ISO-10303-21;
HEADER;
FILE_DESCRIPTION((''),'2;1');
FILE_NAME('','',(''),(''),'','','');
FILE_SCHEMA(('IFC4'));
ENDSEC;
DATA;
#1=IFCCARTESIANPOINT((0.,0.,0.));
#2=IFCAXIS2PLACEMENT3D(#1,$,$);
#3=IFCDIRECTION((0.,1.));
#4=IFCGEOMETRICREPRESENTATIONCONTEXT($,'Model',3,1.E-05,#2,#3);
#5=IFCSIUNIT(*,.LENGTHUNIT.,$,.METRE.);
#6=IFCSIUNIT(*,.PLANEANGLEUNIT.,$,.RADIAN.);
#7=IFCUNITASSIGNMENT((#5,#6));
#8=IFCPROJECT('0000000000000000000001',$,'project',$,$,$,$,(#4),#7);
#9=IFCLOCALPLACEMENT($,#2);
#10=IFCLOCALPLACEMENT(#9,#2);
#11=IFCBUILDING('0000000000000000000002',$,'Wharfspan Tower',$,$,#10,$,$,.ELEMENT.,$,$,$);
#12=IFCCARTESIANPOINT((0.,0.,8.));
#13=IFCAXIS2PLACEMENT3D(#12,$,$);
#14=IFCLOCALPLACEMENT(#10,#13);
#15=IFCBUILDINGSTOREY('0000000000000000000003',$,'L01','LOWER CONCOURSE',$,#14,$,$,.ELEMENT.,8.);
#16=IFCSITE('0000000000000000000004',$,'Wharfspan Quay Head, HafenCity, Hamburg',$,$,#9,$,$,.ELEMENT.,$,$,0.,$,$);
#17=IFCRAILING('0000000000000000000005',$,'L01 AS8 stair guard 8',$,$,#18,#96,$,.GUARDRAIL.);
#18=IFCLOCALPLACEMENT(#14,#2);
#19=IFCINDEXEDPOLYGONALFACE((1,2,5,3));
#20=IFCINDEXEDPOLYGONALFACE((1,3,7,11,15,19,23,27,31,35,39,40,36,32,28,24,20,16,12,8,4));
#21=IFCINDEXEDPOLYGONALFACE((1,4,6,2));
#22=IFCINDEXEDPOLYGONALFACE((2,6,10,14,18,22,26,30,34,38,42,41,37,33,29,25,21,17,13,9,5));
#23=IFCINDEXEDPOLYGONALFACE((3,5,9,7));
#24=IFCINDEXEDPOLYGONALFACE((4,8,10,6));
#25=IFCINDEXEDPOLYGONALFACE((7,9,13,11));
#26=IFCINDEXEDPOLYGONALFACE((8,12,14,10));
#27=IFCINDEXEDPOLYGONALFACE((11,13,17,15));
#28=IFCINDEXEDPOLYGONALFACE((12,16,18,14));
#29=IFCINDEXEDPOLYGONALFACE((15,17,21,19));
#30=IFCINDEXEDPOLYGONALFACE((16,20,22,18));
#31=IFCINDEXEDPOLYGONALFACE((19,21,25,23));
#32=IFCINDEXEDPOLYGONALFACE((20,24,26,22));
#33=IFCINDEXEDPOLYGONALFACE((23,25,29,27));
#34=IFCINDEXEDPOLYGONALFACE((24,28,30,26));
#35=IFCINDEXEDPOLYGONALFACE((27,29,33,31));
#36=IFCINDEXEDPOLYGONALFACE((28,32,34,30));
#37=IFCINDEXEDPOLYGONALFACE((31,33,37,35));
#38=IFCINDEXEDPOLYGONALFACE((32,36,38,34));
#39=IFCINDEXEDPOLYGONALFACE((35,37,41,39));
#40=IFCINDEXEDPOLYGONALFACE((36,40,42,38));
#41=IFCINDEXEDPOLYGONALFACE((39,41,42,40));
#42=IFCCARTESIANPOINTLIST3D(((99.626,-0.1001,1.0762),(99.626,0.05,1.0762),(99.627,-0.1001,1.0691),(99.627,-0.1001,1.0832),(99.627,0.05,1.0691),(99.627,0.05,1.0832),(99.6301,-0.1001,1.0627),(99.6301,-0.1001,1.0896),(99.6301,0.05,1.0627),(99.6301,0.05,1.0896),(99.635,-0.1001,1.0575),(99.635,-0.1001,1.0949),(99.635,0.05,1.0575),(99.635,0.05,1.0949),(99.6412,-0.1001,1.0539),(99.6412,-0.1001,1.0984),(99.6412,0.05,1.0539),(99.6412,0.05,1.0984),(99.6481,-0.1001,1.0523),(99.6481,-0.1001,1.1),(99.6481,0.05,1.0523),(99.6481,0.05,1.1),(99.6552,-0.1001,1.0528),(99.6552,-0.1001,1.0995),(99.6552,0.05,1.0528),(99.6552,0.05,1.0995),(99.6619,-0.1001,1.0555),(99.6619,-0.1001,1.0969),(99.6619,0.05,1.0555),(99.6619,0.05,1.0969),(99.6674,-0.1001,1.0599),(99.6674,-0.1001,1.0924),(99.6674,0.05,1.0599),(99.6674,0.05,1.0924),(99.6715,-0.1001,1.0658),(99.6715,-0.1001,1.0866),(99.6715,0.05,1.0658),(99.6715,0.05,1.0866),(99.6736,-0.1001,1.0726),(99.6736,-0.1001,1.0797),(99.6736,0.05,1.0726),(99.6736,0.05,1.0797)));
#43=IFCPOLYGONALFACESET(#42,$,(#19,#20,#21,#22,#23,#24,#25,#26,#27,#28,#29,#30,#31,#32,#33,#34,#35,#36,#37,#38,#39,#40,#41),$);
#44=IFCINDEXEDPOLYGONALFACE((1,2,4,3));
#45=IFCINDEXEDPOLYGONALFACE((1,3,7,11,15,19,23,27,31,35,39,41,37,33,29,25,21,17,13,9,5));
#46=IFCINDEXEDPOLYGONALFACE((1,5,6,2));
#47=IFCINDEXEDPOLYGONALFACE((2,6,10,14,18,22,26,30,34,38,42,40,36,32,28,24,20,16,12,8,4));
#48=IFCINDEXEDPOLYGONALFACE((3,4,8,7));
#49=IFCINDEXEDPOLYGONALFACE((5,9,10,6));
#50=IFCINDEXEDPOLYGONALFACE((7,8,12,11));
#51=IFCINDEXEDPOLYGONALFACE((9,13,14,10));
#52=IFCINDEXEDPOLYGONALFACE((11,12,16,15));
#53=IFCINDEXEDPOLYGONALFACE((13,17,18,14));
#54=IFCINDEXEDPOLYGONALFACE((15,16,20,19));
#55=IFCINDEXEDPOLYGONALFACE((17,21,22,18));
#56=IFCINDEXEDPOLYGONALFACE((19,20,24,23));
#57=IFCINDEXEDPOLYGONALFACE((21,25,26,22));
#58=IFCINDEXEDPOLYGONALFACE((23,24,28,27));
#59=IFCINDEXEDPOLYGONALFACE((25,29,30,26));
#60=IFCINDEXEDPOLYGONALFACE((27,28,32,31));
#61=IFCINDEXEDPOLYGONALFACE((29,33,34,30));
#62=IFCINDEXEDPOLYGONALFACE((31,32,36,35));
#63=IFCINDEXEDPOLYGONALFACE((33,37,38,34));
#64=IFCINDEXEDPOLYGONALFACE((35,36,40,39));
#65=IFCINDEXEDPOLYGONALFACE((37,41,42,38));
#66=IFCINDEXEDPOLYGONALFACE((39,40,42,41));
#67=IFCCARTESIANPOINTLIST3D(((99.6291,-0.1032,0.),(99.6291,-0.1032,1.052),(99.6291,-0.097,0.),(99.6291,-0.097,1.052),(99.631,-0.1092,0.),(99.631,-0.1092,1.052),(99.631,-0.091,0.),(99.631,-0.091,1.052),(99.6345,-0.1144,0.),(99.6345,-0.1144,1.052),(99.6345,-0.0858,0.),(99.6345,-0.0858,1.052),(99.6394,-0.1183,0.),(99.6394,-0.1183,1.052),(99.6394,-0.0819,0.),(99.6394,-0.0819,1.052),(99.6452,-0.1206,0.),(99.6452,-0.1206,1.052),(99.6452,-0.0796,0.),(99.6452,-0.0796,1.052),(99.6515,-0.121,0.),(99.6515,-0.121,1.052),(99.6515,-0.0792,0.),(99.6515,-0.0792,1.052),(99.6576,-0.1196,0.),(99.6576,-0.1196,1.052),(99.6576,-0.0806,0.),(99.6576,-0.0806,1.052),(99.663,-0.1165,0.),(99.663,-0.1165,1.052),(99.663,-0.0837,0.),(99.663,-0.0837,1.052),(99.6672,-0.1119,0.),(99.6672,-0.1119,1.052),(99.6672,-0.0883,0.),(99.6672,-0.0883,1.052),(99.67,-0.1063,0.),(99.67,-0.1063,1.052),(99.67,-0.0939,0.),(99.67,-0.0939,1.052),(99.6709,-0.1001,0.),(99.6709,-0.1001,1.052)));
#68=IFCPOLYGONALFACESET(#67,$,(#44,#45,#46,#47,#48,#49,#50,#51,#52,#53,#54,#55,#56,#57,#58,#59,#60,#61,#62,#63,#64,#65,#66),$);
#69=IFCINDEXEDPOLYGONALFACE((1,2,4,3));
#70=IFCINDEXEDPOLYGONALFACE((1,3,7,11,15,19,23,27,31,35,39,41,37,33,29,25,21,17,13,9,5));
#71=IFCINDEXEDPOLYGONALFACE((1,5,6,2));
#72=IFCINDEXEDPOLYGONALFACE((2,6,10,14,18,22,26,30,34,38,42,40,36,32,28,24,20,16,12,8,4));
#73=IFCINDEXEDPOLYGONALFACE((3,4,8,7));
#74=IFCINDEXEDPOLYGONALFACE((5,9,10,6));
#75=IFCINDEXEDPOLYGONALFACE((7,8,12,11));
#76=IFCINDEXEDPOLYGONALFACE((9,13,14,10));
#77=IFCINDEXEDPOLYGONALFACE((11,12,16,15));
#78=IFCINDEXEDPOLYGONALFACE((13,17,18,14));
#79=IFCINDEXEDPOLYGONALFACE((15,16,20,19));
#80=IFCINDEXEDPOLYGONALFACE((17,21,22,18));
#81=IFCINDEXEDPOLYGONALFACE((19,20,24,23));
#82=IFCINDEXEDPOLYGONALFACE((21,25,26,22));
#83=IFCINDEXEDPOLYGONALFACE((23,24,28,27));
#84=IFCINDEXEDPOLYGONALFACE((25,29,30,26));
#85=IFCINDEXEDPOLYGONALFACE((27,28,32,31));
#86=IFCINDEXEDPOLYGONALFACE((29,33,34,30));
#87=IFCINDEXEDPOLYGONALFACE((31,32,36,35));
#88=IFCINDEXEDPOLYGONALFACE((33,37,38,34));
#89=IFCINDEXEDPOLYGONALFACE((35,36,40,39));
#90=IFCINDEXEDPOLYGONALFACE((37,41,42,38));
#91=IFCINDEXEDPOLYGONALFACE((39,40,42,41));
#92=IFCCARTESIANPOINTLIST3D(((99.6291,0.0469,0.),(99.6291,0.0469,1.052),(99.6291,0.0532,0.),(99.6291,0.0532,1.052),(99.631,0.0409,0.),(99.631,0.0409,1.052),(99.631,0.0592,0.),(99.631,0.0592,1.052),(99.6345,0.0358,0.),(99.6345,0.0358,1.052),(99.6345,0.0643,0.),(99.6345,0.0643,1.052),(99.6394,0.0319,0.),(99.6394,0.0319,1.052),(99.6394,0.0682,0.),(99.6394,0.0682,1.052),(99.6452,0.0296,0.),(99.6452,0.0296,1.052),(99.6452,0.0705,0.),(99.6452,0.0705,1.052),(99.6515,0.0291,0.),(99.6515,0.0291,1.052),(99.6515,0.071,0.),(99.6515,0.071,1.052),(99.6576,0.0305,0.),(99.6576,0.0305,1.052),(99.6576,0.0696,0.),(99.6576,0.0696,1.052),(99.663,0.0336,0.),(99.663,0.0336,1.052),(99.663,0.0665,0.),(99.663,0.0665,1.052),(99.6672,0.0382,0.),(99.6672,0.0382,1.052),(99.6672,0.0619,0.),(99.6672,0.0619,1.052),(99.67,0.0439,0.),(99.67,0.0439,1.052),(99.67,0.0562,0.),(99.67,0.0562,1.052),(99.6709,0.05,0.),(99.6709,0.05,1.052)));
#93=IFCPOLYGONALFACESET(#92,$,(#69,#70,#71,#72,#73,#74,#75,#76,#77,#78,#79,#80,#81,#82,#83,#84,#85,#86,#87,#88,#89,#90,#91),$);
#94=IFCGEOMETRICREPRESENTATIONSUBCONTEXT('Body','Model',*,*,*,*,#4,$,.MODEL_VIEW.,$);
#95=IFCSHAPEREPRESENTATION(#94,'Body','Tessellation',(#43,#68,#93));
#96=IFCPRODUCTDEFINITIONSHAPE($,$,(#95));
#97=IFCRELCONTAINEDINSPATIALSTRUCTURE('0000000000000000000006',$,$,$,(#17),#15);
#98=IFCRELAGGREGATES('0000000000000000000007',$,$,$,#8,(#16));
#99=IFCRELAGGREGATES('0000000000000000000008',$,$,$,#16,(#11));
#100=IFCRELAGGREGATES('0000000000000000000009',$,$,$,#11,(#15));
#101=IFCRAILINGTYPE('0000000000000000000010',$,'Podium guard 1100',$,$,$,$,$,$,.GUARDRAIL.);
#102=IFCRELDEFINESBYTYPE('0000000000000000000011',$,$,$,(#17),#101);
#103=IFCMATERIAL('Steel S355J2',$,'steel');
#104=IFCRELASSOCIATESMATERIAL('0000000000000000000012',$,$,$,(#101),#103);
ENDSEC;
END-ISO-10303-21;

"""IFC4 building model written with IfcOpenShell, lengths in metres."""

from ifc_helpers import new_model, si_unit, direction, frame, origin, origin_2d, place, context, subcontext, project, spatial, circle, extrude, material, type_object, element, save


model = new_model("IFC4")

# Units and contexts
model_context = context("Model", 3, precision=1e-05, world=origin(), true_north=direction((0.0, 1.0)))
body_context = subcontext(model_context, "Body", "Model", "MODEL_VIEW")
ifc_project = project(units=[si_unit("LENGTHUNIT", "METRE"), si_unit("PLANEANGLEUNIT", "RADIAN")], contexts=[model_context])

# Site, building, storey
site_placement = place(None, origin())
site = spatial("IfcSite", under=ifc_project, at=site_placement, Name="Wharfspan Quay Head, HafenCity, Hamburg", CompositionType="ELEMENT", RefElevation=0.0)
building_placement = place(site_placement, origin())
building = spatial("IfcBuilding", under=site, at=building_placement, Name="Wharfspan Tower", CompositionType="ELEMENT")
storey_placement = place(building_placement, frame((0.0, 0.0, 8.0)))
storey = spatial("IfcBuildingStorey", under=building, at=storey_placement, Name="L01", Description="LOWER CONCOURSE", CompositionType="ELEMENT", Elevation=8.0)

# Railing
ifc_material_1 = material(Name="Steel S355J2", Category="steel")
railing_type_1 = type_object("IfcRailingType", Name="Podium guard 1100", PredefinedType="GUARDRAIL", material=ifc_material_1)
railing_1_placement = place(storey_placement, frame((99.6499, -0.1001, 0.0)))
element("IfcRailing", 1, at=railing_1_placement, inside=storey, type_object=railing_type_1, Name="L01 AS8 stair guard 8", PredefinedType="GUARDRAIL", context=body_context, shape_type="SweptSolid", body=[
    extrude(circle(Radius=0.0239, at=origin_2d()), frame((0.0, 0.0, 1.0762), z_axis=(0.0, 1.0, 0.0), x_axis=(-1.0, 0.0, 0.0)), (0.0, 0.0, 1.0), 0.1501),
    extrude(circle(Radius=0.021, at=origin_2d()), origin(), (0.0, 0.0, 1.0), 1.052),
    extrude(circle(Radius=0.021, at=origin_2d()), frame((0.0, 0.1501, 0.0)), (0.0, 0.0, 1.0), 1.052),
])

save(model, "model.ifc")
